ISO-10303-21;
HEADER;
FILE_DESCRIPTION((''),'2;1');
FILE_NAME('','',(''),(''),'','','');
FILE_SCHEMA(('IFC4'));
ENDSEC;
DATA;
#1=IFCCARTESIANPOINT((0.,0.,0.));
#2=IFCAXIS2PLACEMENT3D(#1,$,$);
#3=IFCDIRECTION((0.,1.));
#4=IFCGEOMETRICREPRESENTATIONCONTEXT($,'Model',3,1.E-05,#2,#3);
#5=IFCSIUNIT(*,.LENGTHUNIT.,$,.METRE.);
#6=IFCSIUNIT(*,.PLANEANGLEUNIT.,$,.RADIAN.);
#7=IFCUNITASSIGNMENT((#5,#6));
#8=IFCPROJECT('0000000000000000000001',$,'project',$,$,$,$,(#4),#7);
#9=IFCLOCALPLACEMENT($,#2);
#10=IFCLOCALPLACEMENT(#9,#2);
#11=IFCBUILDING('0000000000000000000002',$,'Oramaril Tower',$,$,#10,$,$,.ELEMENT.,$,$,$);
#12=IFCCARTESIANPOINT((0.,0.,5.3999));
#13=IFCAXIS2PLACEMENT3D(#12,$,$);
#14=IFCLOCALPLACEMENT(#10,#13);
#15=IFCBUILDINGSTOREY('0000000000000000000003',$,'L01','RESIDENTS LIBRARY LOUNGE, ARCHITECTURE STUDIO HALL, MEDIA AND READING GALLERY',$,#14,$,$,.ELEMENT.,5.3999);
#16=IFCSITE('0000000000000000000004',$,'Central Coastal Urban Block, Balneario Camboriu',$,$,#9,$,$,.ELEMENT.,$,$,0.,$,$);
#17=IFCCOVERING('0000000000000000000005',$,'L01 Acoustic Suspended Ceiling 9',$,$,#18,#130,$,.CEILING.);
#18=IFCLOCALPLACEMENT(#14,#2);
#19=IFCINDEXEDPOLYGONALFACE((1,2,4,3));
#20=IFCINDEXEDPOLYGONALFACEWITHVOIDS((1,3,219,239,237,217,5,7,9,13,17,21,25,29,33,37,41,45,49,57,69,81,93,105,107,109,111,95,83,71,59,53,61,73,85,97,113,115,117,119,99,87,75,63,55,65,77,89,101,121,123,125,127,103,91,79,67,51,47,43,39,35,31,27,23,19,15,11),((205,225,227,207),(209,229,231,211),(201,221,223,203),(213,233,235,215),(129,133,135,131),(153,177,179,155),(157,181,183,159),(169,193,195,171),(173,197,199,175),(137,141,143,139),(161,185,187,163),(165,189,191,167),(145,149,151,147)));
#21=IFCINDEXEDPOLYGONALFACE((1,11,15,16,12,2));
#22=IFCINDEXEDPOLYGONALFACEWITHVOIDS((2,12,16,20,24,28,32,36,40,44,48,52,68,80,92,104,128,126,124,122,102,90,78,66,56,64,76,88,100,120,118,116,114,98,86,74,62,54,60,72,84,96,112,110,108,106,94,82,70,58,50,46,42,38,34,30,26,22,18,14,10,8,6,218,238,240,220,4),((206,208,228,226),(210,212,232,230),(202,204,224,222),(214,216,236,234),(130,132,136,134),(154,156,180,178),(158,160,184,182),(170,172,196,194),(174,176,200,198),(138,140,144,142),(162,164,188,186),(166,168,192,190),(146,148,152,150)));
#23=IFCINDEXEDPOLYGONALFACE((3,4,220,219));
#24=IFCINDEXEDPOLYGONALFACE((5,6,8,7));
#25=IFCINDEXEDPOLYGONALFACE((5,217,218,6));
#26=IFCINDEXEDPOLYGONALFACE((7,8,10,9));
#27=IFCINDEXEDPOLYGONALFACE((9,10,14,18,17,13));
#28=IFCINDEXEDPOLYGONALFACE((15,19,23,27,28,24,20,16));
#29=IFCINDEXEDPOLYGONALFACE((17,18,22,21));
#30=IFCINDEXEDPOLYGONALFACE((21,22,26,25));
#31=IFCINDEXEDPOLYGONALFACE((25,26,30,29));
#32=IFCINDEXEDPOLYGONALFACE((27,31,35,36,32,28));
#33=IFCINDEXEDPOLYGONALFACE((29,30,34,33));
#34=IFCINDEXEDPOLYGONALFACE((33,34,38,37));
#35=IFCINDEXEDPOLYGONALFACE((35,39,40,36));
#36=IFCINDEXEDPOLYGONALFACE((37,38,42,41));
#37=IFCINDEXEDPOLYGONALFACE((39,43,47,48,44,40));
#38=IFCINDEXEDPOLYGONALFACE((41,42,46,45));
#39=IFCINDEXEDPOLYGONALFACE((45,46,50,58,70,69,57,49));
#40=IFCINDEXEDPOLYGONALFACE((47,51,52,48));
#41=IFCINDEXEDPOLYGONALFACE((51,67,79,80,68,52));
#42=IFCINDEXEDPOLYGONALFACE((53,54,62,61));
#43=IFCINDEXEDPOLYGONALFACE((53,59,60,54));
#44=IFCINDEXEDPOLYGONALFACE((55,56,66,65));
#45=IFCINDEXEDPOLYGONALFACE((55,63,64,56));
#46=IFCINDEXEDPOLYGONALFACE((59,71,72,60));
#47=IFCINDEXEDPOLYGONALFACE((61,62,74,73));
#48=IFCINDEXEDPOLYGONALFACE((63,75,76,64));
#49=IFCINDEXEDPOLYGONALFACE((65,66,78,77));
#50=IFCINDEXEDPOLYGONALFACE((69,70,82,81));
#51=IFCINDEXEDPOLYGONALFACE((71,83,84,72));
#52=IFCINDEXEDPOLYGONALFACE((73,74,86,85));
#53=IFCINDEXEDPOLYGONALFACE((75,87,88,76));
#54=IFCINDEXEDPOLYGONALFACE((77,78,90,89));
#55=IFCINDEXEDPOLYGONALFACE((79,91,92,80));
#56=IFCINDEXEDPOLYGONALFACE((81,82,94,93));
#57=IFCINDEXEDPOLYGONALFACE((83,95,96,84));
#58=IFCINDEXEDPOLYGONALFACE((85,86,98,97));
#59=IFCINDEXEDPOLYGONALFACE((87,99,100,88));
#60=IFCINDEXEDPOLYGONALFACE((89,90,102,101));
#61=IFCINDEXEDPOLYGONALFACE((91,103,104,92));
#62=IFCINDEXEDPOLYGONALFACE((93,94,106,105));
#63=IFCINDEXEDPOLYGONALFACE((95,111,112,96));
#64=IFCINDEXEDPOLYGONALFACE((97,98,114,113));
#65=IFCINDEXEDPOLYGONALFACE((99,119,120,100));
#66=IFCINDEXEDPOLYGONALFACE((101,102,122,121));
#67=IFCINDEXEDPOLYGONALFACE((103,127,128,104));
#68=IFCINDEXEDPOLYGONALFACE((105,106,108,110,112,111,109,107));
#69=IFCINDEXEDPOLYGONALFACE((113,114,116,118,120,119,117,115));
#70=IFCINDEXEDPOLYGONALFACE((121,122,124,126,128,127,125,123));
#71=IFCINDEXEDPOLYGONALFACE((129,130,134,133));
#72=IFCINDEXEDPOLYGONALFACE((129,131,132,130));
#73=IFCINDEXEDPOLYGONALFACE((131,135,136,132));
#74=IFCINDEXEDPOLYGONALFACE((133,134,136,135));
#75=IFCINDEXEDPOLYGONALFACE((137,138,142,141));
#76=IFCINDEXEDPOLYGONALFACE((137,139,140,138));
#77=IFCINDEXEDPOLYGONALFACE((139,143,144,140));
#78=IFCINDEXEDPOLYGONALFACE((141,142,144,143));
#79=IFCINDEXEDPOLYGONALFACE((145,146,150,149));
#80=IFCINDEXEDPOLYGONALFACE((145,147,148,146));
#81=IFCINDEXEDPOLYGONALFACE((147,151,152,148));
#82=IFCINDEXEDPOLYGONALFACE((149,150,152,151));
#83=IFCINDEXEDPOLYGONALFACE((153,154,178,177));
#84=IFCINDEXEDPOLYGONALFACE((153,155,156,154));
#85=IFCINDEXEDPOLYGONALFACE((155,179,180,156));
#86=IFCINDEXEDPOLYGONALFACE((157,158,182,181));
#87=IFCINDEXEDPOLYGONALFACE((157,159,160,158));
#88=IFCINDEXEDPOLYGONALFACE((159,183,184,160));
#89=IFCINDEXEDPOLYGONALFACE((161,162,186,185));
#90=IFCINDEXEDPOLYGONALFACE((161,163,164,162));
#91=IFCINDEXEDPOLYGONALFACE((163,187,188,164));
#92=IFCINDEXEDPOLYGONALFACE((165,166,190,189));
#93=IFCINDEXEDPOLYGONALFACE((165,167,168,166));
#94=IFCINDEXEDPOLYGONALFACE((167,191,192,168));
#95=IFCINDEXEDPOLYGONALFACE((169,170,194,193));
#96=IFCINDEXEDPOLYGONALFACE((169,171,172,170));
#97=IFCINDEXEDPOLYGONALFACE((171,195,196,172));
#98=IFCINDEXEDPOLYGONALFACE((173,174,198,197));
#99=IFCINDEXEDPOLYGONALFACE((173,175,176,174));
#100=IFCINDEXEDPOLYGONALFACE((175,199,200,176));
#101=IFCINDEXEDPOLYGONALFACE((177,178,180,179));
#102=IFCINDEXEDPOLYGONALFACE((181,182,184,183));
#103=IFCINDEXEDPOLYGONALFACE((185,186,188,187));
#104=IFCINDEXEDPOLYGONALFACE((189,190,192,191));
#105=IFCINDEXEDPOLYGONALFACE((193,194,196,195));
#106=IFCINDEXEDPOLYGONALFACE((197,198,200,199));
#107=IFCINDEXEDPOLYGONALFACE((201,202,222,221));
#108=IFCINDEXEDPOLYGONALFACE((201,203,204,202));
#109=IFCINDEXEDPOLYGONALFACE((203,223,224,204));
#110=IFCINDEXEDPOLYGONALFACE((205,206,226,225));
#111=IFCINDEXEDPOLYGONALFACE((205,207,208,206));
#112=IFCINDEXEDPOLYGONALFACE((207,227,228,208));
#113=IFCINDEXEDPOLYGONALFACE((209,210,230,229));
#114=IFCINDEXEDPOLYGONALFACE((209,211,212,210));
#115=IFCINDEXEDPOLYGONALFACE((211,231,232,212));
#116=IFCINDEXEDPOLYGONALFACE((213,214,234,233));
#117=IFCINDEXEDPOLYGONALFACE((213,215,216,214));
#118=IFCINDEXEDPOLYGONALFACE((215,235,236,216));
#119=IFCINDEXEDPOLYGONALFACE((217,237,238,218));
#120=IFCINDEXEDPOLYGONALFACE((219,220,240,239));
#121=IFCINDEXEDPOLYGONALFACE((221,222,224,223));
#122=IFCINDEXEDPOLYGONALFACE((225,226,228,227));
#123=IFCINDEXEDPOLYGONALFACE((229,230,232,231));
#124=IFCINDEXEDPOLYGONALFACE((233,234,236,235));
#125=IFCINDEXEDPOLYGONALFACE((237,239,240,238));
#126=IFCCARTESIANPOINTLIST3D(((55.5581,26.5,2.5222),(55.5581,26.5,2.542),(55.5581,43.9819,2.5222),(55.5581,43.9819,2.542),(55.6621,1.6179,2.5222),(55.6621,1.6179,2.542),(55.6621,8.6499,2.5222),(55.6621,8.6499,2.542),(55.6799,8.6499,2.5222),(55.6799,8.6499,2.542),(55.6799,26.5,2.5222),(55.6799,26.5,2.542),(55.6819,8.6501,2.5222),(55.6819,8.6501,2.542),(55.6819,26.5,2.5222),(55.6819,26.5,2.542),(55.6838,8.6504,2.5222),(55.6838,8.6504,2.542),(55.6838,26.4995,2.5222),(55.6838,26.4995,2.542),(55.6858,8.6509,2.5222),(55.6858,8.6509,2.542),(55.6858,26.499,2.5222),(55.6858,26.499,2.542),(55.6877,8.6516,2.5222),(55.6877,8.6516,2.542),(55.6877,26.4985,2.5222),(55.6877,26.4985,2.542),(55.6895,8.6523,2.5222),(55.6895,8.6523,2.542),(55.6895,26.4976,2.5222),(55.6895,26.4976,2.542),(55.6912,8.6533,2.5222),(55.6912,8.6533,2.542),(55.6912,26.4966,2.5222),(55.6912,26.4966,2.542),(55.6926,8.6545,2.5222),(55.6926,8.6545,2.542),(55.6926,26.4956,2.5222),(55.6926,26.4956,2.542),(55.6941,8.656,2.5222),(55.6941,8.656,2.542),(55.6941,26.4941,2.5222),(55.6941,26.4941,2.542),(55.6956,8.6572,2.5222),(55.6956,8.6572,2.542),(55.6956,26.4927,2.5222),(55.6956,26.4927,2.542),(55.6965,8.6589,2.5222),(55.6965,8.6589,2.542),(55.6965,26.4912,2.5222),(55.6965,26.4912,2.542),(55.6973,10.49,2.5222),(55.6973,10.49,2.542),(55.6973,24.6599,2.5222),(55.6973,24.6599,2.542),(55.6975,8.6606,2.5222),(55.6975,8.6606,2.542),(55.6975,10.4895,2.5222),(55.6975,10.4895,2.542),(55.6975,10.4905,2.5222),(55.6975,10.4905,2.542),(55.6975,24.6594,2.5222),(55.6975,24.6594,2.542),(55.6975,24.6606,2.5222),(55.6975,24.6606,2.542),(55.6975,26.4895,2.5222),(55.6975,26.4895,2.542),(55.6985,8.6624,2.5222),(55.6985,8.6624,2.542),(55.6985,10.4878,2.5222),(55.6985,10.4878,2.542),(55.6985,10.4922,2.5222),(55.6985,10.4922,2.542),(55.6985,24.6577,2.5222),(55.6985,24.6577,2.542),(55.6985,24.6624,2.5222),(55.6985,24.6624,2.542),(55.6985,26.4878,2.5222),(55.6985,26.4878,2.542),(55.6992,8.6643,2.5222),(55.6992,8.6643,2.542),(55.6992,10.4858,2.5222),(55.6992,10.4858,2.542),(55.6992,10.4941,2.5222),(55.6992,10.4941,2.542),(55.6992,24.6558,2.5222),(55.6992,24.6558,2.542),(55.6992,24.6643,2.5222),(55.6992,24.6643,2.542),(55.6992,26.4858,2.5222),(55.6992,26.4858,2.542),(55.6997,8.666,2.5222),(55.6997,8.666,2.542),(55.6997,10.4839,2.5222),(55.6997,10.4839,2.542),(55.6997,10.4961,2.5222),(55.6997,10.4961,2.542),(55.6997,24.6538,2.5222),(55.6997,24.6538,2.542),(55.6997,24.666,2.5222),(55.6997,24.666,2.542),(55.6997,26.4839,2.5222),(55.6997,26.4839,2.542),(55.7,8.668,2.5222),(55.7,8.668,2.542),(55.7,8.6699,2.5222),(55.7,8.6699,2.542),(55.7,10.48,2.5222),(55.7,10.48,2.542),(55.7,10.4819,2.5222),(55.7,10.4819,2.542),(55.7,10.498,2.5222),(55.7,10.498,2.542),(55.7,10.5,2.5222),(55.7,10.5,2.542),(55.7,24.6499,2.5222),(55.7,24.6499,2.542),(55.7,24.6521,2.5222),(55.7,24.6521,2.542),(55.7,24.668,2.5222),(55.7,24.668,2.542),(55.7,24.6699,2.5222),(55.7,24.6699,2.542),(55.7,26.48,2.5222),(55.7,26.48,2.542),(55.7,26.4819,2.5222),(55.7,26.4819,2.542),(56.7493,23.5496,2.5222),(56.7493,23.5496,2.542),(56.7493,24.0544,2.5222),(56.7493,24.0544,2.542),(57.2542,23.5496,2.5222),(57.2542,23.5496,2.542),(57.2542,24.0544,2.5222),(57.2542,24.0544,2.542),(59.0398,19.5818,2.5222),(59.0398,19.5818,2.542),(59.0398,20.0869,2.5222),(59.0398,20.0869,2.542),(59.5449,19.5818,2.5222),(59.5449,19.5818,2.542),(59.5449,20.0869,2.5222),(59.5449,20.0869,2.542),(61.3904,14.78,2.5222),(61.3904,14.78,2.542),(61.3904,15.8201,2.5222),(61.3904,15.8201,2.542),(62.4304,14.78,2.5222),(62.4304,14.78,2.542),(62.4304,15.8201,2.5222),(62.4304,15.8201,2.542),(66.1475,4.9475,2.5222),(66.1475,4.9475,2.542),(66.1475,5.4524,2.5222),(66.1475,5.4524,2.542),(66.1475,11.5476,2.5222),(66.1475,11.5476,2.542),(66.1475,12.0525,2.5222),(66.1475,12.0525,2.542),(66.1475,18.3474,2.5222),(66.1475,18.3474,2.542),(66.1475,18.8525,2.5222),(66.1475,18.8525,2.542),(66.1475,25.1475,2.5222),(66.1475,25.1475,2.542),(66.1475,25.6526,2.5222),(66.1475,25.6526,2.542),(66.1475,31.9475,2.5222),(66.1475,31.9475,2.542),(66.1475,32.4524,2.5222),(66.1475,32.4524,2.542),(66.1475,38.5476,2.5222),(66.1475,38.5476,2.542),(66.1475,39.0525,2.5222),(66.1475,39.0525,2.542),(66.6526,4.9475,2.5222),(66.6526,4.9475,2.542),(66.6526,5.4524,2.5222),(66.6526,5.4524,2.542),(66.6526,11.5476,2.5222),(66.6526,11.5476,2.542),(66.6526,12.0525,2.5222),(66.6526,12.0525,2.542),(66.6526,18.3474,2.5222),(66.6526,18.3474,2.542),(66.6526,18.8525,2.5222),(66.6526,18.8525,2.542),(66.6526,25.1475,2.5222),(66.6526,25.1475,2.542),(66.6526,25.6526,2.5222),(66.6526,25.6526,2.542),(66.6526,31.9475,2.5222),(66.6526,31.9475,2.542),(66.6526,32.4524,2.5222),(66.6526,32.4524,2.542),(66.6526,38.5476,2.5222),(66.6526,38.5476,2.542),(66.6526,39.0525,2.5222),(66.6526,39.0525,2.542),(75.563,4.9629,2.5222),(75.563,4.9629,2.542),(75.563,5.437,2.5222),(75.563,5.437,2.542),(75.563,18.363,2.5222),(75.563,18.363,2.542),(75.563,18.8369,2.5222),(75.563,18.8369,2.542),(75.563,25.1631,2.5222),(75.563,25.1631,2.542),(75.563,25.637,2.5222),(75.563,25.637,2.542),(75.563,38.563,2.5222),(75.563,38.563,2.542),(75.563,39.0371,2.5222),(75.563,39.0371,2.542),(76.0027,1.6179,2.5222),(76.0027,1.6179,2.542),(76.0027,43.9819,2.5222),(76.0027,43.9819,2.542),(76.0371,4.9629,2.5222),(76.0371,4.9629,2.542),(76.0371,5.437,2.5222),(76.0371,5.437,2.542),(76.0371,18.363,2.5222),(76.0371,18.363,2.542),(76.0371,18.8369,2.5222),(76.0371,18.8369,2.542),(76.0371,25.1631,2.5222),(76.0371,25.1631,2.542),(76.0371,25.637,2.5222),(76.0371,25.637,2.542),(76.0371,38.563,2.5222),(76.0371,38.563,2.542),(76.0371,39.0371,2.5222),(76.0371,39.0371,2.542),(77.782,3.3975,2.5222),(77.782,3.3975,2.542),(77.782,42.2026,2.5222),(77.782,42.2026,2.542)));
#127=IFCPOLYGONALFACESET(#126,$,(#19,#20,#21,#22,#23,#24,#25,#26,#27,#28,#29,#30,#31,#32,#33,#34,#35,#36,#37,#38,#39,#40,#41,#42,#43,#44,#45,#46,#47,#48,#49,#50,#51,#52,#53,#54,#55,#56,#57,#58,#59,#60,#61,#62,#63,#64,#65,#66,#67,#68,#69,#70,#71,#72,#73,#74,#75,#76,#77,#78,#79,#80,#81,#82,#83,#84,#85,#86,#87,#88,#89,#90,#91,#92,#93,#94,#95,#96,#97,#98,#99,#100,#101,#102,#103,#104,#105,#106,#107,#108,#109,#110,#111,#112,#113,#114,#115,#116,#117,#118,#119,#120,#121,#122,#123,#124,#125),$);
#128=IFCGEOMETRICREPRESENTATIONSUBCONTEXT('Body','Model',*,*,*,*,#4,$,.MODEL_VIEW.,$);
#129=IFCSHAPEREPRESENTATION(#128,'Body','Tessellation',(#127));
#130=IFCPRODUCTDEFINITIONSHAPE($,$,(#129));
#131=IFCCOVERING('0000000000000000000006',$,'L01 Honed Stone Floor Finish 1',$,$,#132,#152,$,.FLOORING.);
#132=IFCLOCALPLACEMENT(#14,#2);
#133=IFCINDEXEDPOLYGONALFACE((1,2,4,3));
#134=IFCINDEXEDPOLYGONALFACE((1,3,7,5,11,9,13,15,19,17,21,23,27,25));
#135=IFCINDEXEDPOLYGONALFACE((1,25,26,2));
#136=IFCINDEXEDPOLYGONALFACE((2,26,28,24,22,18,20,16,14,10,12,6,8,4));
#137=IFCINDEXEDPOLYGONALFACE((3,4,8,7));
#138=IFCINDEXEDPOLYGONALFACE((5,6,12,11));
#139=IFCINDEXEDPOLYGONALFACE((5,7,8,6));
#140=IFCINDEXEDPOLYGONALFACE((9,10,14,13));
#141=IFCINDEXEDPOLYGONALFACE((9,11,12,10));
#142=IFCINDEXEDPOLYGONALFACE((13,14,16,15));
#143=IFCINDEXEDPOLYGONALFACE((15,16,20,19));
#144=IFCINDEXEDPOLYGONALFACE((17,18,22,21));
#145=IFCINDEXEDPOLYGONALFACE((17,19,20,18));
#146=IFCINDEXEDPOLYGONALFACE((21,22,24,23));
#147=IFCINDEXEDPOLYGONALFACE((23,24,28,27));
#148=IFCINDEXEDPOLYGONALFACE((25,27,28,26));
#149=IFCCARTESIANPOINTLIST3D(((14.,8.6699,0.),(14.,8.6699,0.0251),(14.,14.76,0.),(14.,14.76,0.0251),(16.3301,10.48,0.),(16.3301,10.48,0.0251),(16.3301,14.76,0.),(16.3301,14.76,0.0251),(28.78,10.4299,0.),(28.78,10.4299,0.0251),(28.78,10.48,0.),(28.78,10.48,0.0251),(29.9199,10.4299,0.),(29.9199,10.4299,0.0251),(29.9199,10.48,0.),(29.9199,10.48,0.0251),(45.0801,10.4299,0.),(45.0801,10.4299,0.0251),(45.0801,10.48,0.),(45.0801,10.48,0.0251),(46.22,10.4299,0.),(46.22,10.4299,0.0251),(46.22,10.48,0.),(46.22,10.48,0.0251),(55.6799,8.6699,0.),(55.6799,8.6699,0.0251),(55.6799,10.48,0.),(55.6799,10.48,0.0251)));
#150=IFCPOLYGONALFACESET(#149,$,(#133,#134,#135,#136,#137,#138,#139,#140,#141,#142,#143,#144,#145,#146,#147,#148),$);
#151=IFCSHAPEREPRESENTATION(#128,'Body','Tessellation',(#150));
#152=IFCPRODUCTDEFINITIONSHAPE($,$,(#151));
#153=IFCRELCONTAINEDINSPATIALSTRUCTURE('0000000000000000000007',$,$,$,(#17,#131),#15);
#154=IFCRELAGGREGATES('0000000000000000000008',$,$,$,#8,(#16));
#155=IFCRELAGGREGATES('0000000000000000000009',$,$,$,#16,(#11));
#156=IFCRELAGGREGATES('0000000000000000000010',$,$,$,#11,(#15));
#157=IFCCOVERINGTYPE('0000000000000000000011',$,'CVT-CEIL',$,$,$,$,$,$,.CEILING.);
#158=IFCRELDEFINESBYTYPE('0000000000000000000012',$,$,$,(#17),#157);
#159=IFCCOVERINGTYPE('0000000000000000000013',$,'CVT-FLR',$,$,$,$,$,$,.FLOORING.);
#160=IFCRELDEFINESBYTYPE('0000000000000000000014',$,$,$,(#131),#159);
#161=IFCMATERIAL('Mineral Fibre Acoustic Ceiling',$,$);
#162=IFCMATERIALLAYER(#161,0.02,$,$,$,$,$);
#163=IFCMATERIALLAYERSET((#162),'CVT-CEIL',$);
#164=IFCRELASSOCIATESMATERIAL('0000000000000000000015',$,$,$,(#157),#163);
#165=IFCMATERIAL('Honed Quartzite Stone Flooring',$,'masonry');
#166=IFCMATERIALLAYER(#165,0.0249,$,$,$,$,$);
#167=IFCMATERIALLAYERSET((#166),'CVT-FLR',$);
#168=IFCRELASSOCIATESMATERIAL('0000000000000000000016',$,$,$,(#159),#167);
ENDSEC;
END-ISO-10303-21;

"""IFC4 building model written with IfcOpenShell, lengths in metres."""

from ifc_helpers import new_model, si_unit, direction, frame, origin, place, context, subcontext, project, spatial, polyline, outline, extrude, material, layer, layer_set, type_object, element, save


model = new_model("IFC4")

# Units and contexts
model_context = context("Model", 3, precision=1e-05, world=origin(), true_north=direction((0.0, 1.0)))
body_context = subcontext(model_context, "Body", "Model", "MODEL_VIEW")
ifc_project = project(units=[si_unit("LENGTHUNIT", "METRE"), si_unit("PLANEANGLEUNIT", "RADIAN")], contexts=[model_context])

# Site, building, storey
site_placement = place(None, origin())
site = spatial("IfcSite", under=ifc_project, at=site_placement, Name="Central Coastal Urban Block, Balneario Camboriu", CompositionType="ELEMENT", RefElevation=0.0)
building_placement = place(site_placement, origin())
building = spatial("IfcBuilding", under=site, at=building_placement, Name="Oramaril Tower", CompositionType="ELEMENT")
storey_placement = place(building_placement, frame((0.0, 0.0, 5.3999)))
storey = spatial("IfcBuildingStorey", under=building, at=storey_placement, Name="L01", Description="RESIDENTS LIBRARY LOUNGE, ARCHITECTURE STUDIO HALL, MEDIA AND READING GALLERY", CompositionType="ELEMENT", Elevation=5.3999)

# Coverings
ifc_material_1 = material(Name="Mineral Fibre Acoustic Ceiling")
ifc_layer_1 = layer(ifc_material_1, 0.02)
ifc_layer_set_1 = layer_set([ifc_layer_1], Name="CVT-CEIL")
covering_type_1 = type_object("IfcCoveringType", Name="CVT-CEIL", PredefinedType="CEILING", material=ifc_layer_set_1)
covering_1_placement = place(storey_placement, frame((0.0, 0.0, 2.5222)))
element("IfcCovering", 1, at=covering_1_placement, inside=storey, type_object=covering_type_1, Name="L01 Acoustic Suspended Ceiling 9", PredefinedType="CEILING", context=body_context, shape_type="SweptSolid", body=[
    extrude(outline(polyline([(77.782, 42.2026), (77.782, 3.3975), (76.0027, 1.6179), (55.6621, 1.6179), (55.6621, 8.6499), (55.6799, 8.6499), (55.6819, 8.6501), (55.6838, 8.6504), (55.6858, 8.6509), (55.6877, 8.6516), (55.6895, 8.6523), (55.6912, 8.6533), (55.6926, 8.6545), (55.6941, 8.656), (55.6956, 8.6572), (55.6965, 8.6589), (55.6975, 8.6606), (55.6985, 8.6624), (55.6992, 8.6643), (55.6997, 8.666), (55.7, 8.668), (55.7, 8.6699), (55.7, 10.48), (55.7, 10.4819), (55.6997, 10.4839), (55.6992, 10.4858), (55.6985, 10.4878), (55.6975, 10.4895), (55.6973, 10.49), (55.6975, 10.4905), (55.6985, 10.4922), (55.6992, 10.4941), (55.6997, 10.4961), (55.7, 10.498), (55.7, 10.5), (55.7, 24.6499), (55.7, 24.6521), (55.6997, 24.6538), (55.6992, 24.6558), (55.6985, 24.6577), (55.6975, 24.6594), (55.6973, 24.6599), (55.6975, 24.6606), (55.6985, 24.6624), (55.6992, 24.6643), (55.6997, 24.666), (55.7, 24.668), (55.7, 24.6699), (55.7, 26.48), (55.7, 26.4819), (55.6997, 26.4839), (55.6992, 26.4858), (55.6985, 26.4878), (55.6975, 26.4895), (55.6965, 26.4912), (55.6956, 26.4927), (55.6941, 26.4941), (55.6926, 26.4956), (55.6912, 26.4966), (55.6895, 26.4976), (55.6877, 26.4985), (55.6858, 26.499), (55.6838, 26.4995), (55.6819, 26.5), (55.6799, 26.5), (55.5581, 26.5), (55.5581, 43.9819), (76.0027, 43.9819), (77.782, 42.2026)]), holes=[polyline([(66.6526, 4.9475), (66.6526, 5.4524), (66.1475, 5.4524), (66.1475, 4.9475), (66.6526, 4.9475)]), polyline([(76.0371, 5.437), (75.563, 5.437), (75.563, 4.9629), (76.0371, 4.9629), (76.0371, 5.437)]), polyline([(66.6526, 11.5476), (66.6526, 12.0525), (66.1475, 12.0525), (66.1475, 11.5476), (66.6526, 11.5476)]), polyline([(62.4304, 14.78), (62.4304, 15.8201), (61.3904, 15.8201), (61.3904, 14.78), (62.4304, 14.78)]), polyline([(66.6526, 18.3474), (66.6526, 18.8525), (66.1475, 18.8525), (66.1475, 18.3474), (66.6526, 18.3474)]), polyline([(76.0371, 18.363), (76.0371, 18.8369), (75.563, 18.8369), (75.563, 18.363), (76.0371, 18.363)]), polyline([(59.5449, 20.0869), (59.0398, 20.0869), (59.0398, 19.5818), (59.5449, 19.5818), (59.5449, 20.0869)]), polyline([(57.2542, 23.5496), (57.2542, 24.0544), (56.7493, 24.0544), (56.7493, 23.5496), (57.2542, 23.5496)]), polyline([(66.6526, 25.1475), (66.6526, 25.6526), (66.1475, 25.6526), (66.1475, 25.1475), (66.6526, 25.1475)]), polyline([(76.0371, 25.1631), (76.0371, 25.637), (75.563, 25.637), (75.563, 25.1631), (76.0371, 25.1631)]), polyline([(66.6526, 31.9475), (66.6526, 32.4524), (66.1475, 32.4524), (66.1475, 31.9475), (66.6526, 31.9475)]), polyline([(66.6526, 38.5476), (66.6526, 39.0525), (66.1475, 39.0525), (66.1475, 38.5476), (66.6526, 38.5476)]), polyline([(76.0371, 38.563), (76.0371, 39.0371), (75.563, 39.0371), (75.563, 38.563), (76.0371, 38.563)])]), origin(), (0.0, 0.0, 1.0), 0.0198),
])
ifc_material_2 = material(Name="Honed Quartzite Stone Flooring", Category="masonry")
ifc_layer_2 = layer(ifc_material_2, 0.0249)
ifc_layer_set_2 = layer_set([ifc_layer_2], Name="CVT-FLR")
covering_type_2 = type_object("IfcCoveringType", Name="CVT-FLR", PredefinedType="FLOORING", material=ifc_layer_set_2)
covering_2_placement = place(storey_placement, origin())
element("IfcCovering", 2, at=covering_2_placement, inside=storey, type_object=covering_type_2, Name="L01 Honed Stone Floor Finish 1", PredefinedType="FLOORING", context=body_context, shape_type="SweptSolid", body=[
    extrude(outline(polyline([(28.78, 10.48), (28.78, 10.4299), (29.9199, 10.4299), (29.9199, 10.48), (45.0801, 10.48), (45.0801, 10.4299), (46.22, 10.4299), (46.22, 10.48), (55.6799, 10.48), (55.6799, 8.6699), (14.0, 8.6699), (14.0, 14.76), (16.3301, 14.76), (16.3301, 10.48), (28.78, 10.48)])), origin(), (0.0, 0.0, 1.0), 0.0251),
])

save(model, "model.ifc")
